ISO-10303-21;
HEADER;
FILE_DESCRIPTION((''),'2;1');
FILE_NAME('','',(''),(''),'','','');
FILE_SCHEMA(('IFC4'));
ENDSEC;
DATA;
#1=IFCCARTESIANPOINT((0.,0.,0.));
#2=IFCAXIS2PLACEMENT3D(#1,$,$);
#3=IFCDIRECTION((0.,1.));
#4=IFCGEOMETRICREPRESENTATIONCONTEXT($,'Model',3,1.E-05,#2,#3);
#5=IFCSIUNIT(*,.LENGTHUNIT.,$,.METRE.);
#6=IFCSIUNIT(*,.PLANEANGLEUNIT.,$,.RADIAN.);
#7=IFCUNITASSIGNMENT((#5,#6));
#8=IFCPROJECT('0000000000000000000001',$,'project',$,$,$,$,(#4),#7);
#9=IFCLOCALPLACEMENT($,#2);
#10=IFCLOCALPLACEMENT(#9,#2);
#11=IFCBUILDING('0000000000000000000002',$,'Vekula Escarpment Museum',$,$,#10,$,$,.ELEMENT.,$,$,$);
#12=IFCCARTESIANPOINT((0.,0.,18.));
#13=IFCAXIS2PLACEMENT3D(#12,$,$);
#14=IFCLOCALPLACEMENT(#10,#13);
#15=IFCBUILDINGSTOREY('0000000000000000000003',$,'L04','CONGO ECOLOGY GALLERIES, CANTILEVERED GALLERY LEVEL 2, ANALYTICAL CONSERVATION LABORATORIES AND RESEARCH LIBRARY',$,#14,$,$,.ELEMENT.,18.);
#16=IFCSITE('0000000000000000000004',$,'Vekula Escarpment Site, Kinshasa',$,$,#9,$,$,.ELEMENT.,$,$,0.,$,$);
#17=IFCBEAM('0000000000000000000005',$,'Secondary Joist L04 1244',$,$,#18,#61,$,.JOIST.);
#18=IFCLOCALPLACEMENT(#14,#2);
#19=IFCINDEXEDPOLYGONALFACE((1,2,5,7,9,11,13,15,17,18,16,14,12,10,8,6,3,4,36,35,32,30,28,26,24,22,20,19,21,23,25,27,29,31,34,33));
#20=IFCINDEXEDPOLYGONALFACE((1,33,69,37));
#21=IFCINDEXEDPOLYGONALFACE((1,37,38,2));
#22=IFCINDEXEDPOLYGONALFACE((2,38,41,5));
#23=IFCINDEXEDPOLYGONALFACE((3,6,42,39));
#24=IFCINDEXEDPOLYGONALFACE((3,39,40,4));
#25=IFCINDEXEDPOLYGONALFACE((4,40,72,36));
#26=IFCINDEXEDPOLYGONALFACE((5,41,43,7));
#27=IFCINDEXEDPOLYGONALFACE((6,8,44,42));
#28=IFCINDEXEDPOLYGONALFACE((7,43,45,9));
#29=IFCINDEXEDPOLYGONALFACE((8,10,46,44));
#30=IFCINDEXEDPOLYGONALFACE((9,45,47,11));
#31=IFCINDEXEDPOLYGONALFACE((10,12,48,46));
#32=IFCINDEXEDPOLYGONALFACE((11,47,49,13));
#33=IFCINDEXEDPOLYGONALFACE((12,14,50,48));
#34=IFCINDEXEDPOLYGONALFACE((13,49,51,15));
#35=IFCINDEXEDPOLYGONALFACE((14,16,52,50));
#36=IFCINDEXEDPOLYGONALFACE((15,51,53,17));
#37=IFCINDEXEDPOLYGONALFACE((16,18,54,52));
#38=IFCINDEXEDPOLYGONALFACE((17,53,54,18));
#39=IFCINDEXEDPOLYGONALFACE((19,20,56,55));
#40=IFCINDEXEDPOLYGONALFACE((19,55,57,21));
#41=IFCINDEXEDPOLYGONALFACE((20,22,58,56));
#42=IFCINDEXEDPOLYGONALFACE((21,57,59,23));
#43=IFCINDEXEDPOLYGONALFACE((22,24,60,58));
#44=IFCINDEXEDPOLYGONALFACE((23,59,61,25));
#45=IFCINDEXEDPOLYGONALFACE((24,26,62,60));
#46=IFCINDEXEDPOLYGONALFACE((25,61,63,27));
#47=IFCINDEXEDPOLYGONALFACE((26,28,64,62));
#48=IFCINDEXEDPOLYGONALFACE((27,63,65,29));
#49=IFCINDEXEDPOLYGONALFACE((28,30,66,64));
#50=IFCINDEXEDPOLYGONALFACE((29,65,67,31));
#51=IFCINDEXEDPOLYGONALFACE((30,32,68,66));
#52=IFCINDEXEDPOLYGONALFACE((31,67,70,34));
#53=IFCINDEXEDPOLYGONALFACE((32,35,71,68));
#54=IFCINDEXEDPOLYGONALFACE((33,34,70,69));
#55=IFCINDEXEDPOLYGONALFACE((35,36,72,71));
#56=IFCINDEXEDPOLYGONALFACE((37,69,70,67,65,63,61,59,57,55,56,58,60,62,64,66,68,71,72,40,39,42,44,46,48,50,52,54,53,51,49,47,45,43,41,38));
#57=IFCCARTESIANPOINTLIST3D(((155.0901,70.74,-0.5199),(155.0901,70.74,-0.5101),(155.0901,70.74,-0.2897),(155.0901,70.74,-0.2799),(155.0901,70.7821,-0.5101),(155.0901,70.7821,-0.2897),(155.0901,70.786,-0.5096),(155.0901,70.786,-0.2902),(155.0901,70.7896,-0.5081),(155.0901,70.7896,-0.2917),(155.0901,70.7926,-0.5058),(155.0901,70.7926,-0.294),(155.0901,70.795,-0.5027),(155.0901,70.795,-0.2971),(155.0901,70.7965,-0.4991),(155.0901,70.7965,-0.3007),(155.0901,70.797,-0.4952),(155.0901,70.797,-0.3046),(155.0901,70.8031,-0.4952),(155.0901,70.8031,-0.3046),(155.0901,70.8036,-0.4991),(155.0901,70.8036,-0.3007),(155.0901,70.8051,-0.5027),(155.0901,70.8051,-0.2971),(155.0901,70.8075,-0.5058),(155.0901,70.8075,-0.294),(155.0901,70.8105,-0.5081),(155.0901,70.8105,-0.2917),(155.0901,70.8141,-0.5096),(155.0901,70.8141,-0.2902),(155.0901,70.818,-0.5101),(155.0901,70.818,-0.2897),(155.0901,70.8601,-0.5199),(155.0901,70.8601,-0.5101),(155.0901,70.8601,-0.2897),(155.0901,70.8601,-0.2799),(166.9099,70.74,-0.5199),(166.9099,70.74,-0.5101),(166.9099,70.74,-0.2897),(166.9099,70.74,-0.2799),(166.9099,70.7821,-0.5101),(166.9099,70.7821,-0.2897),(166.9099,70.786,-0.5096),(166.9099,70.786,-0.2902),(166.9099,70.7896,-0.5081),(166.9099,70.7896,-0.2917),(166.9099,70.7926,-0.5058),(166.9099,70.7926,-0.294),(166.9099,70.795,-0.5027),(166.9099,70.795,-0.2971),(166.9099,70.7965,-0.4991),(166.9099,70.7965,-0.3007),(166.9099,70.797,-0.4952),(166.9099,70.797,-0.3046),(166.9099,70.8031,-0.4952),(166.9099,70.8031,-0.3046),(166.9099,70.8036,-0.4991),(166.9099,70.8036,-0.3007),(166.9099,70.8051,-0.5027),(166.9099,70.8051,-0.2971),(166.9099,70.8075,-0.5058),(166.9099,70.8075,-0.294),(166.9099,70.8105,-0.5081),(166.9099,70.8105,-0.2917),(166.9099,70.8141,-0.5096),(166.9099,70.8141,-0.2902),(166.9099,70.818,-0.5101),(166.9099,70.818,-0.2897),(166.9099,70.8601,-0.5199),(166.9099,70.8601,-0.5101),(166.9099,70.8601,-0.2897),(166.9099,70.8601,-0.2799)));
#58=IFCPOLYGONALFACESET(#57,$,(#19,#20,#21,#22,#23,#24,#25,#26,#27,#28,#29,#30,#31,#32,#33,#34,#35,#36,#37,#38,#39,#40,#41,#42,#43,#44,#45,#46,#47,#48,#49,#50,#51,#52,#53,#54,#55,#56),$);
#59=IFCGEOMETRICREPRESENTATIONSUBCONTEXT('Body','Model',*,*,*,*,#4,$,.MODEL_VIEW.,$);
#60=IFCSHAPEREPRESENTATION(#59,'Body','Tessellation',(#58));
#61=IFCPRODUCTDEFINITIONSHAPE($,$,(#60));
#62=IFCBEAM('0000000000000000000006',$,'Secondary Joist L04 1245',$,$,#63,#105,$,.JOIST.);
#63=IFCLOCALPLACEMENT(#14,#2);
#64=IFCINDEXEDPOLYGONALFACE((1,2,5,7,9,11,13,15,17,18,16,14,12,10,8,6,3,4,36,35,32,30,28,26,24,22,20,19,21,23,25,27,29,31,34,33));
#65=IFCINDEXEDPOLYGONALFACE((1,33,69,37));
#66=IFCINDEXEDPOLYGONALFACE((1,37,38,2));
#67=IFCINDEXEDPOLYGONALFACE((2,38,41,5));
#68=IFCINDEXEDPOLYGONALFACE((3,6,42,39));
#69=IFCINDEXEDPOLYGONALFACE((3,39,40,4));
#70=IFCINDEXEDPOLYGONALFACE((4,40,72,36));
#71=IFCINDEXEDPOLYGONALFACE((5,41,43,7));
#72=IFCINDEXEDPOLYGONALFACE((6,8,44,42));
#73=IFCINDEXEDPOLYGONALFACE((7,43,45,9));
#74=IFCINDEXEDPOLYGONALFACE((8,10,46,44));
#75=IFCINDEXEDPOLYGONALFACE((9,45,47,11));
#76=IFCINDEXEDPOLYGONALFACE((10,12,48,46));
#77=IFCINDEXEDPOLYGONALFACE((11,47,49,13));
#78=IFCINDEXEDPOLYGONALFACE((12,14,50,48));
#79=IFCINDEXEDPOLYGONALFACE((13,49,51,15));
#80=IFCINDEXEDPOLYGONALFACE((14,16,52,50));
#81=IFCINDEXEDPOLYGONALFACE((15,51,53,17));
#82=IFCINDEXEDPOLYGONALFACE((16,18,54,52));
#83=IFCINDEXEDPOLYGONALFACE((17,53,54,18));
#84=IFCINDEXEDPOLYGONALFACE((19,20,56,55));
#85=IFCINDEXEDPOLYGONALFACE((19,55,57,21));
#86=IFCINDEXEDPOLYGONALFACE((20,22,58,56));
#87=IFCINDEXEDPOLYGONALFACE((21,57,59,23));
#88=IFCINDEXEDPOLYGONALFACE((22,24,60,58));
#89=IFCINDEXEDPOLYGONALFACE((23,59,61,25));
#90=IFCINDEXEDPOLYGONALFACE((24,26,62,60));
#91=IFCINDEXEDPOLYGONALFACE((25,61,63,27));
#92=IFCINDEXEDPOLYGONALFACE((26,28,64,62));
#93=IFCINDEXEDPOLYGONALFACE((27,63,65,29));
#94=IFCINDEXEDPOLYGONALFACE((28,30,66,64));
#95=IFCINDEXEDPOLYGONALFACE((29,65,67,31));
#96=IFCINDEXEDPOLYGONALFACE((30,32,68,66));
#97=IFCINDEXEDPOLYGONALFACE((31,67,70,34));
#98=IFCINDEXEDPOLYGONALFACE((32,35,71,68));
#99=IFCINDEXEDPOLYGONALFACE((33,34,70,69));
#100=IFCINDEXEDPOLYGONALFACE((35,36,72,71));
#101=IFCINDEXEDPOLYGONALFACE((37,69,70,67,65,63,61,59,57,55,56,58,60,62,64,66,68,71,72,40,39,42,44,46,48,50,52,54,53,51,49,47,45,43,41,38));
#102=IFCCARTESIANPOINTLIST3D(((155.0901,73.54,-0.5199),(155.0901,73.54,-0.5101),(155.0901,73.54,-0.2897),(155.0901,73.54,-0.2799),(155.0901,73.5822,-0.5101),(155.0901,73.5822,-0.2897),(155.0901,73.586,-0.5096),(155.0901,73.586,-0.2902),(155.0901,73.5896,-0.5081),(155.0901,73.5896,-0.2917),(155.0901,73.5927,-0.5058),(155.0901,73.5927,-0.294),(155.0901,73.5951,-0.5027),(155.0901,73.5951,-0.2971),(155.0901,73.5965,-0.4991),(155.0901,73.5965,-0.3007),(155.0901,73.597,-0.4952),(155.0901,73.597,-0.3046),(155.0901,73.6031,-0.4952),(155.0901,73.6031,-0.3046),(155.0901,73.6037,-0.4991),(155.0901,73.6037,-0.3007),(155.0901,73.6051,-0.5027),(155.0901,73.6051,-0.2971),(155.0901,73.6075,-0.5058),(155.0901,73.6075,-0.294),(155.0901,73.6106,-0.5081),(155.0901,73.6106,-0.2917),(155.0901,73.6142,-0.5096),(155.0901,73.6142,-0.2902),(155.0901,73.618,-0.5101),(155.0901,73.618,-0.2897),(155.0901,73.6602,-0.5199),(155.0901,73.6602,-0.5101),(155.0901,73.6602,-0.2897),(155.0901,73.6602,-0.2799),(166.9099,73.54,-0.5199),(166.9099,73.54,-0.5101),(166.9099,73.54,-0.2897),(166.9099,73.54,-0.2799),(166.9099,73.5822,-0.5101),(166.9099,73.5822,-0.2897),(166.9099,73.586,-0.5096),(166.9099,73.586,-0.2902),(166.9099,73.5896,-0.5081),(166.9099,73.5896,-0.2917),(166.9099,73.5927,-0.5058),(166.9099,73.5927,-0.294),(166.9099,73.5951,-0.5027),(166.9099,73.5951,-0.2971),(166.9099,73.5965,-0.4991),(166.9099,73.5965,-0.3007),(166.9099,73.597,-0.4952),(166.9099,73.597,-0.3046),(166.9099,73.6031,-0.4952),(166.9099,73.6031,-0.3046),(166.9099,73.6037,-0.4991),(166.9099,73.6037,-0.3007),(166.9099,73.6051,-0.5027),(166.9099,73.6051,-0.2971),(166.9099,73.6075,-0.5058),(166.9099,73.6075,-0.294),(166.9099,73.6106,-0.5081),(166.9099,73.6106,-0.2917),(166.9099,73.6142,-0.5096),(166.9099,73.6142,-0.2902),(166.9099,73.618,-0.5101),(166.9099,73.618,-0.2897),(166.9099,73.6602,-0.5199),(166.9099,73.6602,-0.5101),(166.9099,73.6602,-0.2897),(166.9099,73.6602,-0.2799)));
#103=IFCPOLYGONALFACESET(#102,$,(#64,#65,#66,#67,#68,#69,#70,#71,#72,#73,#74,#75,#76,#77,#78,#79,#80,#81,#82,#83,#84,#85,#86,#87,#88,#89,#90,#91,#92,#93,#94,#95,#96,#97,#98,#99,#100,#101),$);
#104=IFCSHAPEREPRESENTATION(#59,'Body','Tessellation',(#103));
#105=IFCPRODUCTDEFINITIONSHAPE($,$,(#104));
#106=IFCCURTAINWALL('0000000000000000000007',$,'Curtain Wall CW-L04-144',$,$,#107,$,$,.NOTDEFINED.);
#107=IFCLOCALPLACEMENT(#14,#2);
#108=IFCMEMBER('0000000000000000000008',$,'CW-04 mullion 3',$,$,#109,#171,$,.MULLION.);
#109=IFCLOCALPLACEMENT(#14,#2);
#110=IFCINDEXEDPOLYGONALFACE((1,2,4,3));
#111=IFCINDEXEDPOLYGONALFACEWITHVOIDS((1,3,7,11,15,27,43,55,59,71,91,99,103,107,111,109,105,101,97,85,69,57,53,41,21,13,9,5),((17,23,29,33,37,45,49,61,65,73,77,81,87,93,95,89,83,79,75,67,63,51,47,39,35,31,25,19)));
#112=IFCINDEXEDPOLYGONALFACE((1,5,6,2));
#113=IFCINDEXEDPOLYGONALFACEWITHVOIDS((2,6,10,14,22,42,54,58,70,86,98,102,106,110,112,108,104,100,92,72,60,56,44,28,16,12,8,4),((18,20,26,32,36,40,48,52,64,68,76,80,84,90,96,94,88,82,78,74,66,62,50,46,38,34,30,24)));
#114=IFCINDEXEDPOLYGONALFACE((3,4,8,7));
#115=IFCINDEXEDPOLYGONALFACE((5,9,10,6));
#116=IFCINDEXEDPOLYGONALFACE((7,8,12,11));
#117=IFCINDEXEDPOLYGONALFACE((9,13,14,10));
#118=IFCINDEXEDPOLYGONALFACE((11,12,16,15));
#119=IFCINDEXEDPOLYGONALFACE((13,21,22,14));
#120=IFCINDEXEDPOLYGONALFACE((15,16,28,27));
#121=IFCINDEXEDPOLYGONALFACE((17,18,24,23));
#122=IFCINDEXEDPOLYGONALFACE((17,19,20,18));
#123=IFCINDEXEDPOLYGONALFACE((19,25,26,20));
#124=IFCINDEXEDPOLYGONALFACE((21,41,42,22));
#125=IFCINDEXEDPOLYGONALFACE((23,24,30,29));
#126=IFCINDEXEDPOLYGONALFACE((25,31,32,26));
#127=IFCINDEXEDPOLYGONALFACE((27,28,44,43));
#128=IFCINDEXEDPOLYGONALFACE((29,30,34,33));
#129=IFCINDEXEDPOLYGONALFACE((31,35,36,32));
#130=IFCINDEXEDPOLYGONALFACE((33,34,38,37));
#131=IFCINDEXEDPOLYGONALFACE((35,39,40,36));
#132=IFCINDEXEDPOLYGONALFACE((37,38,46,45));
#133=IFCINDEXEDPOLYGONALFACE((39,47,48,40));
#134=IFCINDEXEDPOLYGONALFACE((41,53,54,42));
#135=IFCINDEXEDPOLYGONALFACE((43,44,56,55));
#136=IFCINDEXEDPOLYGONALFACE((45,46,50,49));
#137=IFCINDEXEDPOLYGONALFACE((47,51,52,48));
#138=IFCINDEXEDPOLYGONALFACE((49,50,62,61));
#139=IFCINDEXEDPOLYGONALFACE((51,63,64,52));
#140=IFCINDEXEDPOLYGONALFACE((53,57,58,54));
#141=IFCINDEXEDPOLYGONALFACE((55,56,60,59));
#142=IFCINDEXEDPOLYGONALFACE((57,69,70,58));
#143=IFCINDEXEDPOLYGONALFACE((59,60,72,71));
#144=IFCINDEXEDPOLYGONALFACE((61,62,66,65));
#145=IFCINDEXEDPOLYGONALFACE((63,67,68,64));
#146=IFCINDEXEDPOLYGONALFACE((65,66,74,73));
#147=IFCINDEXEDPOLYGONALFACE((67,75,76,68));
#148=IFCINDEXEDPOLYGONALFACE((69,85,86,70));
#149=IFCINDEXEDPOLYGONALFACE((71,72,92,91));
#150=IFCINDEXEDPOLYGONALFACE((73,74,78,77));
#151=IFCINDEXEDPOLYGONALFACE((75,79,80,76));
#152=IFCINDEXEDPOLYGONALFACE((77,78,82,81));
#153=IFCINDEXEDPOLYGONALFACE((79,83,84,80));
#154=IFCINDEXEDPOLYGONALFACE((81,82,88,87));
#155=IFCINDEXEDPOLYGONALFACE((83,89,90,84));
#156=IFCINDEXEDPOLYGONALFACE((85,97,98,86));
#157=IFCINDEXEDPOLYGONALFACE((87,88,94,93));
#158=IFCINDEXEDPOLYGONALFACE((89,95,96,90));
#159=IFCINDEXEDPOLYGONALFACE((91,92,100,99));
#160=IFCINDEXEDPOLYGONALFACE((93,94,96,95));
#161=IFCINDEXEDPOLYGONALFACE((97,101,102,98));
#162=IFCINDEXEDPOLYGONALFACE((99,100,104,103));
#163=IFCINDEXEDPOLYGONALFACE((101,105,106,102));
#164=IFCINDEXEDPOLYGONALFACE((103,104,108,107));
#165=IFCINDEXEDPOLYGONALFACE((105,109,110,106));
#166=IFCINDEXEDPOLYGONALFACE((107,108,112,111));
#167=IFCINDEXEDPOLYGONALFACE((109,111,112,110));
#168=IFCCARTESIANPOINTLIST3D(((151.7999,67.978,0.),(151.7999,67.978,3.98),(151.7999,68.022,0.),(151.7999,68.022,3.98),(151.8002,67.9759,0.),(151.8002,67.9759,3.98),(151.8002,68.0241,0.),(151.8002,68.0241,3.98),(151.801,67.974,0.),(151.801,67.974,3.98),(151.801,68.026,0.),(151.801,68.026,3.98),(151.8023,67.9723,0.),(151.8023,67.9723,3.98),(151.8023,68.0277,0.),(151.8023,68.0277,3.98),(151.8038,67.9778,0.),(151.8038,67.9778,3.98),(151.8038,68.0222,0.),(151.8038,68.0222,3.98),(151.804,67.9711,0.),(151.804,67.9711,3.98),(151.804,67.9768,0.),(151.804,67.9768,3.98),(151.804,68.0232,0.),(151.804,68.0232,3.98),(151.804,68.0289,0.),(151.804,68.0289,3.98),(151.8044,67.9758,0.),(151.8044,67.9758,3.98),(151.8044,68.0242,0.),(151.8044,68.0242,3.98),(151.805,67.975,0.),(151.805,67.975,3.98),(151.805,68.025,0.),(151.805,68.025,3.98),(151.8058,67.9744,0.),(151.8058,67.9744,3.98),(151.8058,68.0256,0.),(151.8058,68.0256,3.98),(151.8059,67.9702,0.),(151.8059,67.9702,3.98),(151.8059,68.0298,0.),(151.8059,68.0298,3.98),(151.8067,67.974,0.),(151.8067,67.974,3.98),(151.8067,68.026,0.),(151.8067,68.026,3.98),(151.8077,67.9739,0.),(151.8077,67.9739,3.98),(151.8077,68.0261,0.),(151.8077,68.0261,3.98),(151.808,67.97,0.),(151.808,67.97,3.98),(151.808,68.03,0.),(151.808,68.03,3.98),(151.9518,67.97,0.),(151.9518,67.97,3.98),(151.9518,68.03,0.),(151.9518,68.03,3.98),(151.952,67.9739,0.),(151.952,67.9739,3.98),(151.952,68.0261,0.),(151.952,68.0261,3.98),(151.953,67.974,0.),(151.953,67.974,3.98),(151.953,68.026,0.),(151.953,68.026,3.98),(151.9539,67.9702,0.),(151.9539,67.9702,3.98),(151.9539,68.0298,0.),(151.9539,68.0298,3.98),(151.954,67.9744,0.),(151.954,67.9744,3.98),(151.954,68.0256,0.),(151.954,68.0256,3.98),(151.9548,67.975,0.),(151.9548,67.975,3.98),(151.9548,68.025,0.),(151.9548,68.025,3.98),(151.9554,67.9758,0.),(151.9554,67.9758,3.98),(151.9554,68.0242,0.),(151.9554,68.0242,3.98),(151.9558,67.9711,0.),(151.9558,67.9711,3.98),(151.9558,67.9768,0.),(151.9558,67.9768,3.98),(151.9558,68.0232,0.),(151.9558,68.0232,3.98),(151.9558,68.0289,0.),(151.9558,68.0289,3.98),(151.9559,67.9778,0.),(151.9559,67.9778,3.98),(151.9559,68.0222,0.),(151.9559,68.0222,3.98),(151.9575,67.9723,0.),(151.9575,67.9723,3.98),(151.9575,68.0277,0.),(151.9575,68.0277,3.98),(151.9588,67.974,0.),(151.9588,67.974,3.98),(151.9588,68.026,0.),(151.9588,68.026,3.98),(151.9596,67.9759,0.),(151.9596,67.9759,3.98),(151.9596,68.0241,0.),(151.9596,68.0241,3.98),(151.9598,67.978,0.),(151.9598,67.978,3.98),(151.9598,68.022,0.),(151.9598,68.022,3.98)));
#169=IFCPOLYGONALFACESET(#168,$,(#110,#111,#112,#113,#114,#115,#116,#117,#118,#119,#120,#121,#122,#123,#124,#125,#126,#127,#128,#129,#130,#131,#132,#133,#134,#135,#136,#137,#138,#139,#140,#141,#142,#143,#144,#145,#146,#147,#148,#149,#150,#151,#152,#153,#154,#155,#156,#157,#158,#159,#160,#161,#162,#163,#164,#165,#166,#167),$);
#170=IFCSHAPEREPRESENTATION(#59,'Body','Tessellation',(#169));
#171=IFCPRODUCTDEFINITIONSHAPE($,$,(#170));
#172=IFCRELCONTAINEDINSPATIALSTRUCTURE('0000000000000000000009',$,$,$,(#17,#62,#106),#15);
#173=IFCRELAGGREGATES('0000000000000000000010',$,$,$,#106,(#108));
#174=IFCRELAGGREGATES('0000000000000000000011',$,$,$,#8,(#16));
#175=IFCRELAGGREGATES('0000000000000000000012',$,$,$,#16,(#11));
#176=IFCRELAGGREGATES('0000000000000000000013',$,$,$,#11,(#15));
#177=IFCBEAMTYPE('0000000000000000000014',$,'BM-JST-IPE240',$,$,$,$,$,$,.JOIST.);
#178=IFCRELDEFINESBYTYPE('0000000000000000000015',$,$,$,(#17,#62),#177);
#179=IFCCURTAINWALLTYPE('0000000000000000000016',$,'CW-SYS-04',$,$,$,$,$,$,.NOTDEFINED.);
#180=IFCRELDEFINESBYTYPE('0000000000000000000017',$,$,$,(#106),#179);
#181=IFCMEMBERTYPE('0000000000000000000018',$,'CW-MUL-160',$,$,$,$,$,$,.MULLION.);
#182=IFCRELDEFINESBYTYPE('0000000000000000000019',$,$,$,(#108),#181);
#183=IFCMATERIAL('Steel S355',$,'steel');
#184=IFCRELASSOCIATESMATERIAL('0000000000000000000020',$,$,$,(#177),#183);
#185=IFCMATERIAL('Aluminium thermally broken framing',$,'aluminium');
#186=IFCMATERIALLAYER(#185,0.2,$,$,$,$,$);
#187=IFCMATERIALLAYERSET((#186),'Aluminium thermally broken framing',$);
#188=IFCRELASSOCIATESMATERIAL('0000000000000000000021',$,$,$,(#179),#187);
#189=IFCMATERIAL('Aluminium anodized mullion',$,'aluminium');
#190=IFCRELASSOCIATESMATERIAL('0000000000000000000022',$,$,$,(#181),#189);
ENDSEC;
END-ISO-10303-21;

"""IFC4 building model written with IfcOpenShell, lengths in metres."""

from ifc_helpers import new_model, si_unit, direction, frame, origin, origin_2d, place, context, subcontext, project, spatial, hollow_rectangle, i_section, extrude, material, layer, layer_set, material_profile, profile_set, type_object, element, aggregate, save


model = new_model("IFC4")

# Units and contexts
model_context = context("Model", 3, precision=1e-05, world=origin(), true_north=direction((0.0, 1.0)))
body_context = subcontext(model_context, "Body", "Model", "MODEL_VIEW")
ifc_project = project(units=[si_unit("LENGTHUNIT", "METRE"), si_unit("PLANEANGLEUNIT", "RADIAN")], contexts=[model_context])

# Site, building, storey
site_placement = place(None, origin())
site = spatial("IfcSite", under=ifc_project, at=site_placement, Name="Vekula Escarpment Site, Kinshasa", CompositionType="ELEMENT", RefElevation=0.0)
building_placement = place(site_placement, origin())
building = spatial("IfcBuilding", under=site, at=building_placement, Name="Vekula Escarpment Museum", CompositionType="ELEMENT")
storey_placement = place(building_placement, frame((0.0, 0.0, 18.0)))
storey = spatial("IfcBuildingStorey", under=building, at=storey_placement, Name="L04", Description="CONGO ECOLOGY GALLERIES, CANTILEVERED GALLERY LEVEL 2, ANALYTICAL CONSERVATION LABORATORIES AND RESEARCH LIBRARY", CompositionType="ELEMENT", Elevation=18.0)

# Beams
ifc_material_1 = material(Name="Steel S355", Category="steel")
ifc_material_profile_1 = material_profile(ifc_material_1, i_section(OverallWidth=0.1201, OverallDepth=0.24, WebThickness=0.0061, FlangeThickness=0.0098, FilletRadius=0.0149, at=origin_2d()), Name="IPE 240")
ifc_profile_set_1 = profile_set([ifc_material_profile_1], Name="Steel S355")
beam_type_1 = type_object("IfcBeamType", Name="BM-JST-IPE240", PredefinedType="JOIST", material=ifc_profile_set_1)
for number, where, z_axis, x_axis, name in (
    (1, (155.0901, 70.8, -0.3999), (1.0, 0.0, 0.0), (0.0, 1.0, 0.0), "Secondary Joist L04 1244"),
    (2, (155.0901, 73.6001, -0.3999), (1.0, 0.0, 0.0), (0.0, 1.0, 0.0), "Secondary Joist L04 1245"),
):
    element("IfcBeam", number, at=place(storey_placement, frame(where, z_axis=z_axis, x_axis=x_axis)), inside=storey, type_object=beam_type_1, Name=name, PredefinedType="JOIST", context=body_context, shape_type="SweptSolid", body=[
        extrude(i_section(OverallWidth=0.1201, OverallDepth=0.24, WebThickness=0.0061, FlangeThickness=0.0098, FilletRadius=0.0149, at=origin_2d()), origin(), (0.0, 0.0, 1.0), 11.8198),
    ])

# Curtain wall, member
ifc_material_2 = material(Name="Aluminium thermally broken framing", Category="aluminium")
ifc_layer_1 = layer(ifc_material_2, 0.2)
ifc_layer_set_1 = layer_set([ifc_layer_1], Name="Aluminium thermally broken framing")
curtain_wall_type_1 = type_object("IfcCurtainWallType", Name="CW-SYS-04", PredefinedType="NOTDEFINED", material=ifc_layer_set_1)
curtain_wall_1_placement = place(storey_placement, origin())
curtain_wall_1 = element("IfcCurtainWall", 3, at=curtain_wall_1_placement, inside=storey, type_object=curtain_wall_type_1, Name="Curtain Wall CW-L04-144", PredefinedType="NOTDEFINED")
ifc_material_3 = material(Name="Aluminium anodized mullion", Category="aluminium")
ifc_material_profile_2 = material_profile(ifc_material_3, hollow_rectangle(XDim=0.0601, YDim=0.1599, WallThickness=0.0039, InnerFilletRadius=0.0039, OuterFilletRadius=0.0081, at=origin_2d()), Name="ALU 160x60x4")
ifc_profile_set_2 = profile_set([ifc_material_profile_2], Name="Aluminium anodized mullion")
member_type_1 = type_object("IfcMemberType", Name="CW-MUL-160", PredefinedType="MULLION", material=ifc_profile_set_2)
member_1_placement = place(storey_placement, frame((151.8799, 68.0, 0.0), z_axis=(0.0, 0.0, 1.0), x_axis=(0.0, 1.0, 0.0)))
member_1 = element("IfcMember", 4, at=member_1_placement, type_object=member_type_1, Name="CW-04 mullion 3", PredefinedType="MULLION", context=body_context, shape_type="SweptSolid", body=[
    extrude(hollow_rectangle(XDim=0.0601, YDim=0.1599, WallThickness=0.0039, InnerFilletRadius=0.0039, OuterFilletRadius=0.0081, at=origin_2d()), origin(), (0.0, 0.0, 1.0), 3.98),
])

aggregate(curtain_wall_1, [member_1])

save(model, "model.ifc")
